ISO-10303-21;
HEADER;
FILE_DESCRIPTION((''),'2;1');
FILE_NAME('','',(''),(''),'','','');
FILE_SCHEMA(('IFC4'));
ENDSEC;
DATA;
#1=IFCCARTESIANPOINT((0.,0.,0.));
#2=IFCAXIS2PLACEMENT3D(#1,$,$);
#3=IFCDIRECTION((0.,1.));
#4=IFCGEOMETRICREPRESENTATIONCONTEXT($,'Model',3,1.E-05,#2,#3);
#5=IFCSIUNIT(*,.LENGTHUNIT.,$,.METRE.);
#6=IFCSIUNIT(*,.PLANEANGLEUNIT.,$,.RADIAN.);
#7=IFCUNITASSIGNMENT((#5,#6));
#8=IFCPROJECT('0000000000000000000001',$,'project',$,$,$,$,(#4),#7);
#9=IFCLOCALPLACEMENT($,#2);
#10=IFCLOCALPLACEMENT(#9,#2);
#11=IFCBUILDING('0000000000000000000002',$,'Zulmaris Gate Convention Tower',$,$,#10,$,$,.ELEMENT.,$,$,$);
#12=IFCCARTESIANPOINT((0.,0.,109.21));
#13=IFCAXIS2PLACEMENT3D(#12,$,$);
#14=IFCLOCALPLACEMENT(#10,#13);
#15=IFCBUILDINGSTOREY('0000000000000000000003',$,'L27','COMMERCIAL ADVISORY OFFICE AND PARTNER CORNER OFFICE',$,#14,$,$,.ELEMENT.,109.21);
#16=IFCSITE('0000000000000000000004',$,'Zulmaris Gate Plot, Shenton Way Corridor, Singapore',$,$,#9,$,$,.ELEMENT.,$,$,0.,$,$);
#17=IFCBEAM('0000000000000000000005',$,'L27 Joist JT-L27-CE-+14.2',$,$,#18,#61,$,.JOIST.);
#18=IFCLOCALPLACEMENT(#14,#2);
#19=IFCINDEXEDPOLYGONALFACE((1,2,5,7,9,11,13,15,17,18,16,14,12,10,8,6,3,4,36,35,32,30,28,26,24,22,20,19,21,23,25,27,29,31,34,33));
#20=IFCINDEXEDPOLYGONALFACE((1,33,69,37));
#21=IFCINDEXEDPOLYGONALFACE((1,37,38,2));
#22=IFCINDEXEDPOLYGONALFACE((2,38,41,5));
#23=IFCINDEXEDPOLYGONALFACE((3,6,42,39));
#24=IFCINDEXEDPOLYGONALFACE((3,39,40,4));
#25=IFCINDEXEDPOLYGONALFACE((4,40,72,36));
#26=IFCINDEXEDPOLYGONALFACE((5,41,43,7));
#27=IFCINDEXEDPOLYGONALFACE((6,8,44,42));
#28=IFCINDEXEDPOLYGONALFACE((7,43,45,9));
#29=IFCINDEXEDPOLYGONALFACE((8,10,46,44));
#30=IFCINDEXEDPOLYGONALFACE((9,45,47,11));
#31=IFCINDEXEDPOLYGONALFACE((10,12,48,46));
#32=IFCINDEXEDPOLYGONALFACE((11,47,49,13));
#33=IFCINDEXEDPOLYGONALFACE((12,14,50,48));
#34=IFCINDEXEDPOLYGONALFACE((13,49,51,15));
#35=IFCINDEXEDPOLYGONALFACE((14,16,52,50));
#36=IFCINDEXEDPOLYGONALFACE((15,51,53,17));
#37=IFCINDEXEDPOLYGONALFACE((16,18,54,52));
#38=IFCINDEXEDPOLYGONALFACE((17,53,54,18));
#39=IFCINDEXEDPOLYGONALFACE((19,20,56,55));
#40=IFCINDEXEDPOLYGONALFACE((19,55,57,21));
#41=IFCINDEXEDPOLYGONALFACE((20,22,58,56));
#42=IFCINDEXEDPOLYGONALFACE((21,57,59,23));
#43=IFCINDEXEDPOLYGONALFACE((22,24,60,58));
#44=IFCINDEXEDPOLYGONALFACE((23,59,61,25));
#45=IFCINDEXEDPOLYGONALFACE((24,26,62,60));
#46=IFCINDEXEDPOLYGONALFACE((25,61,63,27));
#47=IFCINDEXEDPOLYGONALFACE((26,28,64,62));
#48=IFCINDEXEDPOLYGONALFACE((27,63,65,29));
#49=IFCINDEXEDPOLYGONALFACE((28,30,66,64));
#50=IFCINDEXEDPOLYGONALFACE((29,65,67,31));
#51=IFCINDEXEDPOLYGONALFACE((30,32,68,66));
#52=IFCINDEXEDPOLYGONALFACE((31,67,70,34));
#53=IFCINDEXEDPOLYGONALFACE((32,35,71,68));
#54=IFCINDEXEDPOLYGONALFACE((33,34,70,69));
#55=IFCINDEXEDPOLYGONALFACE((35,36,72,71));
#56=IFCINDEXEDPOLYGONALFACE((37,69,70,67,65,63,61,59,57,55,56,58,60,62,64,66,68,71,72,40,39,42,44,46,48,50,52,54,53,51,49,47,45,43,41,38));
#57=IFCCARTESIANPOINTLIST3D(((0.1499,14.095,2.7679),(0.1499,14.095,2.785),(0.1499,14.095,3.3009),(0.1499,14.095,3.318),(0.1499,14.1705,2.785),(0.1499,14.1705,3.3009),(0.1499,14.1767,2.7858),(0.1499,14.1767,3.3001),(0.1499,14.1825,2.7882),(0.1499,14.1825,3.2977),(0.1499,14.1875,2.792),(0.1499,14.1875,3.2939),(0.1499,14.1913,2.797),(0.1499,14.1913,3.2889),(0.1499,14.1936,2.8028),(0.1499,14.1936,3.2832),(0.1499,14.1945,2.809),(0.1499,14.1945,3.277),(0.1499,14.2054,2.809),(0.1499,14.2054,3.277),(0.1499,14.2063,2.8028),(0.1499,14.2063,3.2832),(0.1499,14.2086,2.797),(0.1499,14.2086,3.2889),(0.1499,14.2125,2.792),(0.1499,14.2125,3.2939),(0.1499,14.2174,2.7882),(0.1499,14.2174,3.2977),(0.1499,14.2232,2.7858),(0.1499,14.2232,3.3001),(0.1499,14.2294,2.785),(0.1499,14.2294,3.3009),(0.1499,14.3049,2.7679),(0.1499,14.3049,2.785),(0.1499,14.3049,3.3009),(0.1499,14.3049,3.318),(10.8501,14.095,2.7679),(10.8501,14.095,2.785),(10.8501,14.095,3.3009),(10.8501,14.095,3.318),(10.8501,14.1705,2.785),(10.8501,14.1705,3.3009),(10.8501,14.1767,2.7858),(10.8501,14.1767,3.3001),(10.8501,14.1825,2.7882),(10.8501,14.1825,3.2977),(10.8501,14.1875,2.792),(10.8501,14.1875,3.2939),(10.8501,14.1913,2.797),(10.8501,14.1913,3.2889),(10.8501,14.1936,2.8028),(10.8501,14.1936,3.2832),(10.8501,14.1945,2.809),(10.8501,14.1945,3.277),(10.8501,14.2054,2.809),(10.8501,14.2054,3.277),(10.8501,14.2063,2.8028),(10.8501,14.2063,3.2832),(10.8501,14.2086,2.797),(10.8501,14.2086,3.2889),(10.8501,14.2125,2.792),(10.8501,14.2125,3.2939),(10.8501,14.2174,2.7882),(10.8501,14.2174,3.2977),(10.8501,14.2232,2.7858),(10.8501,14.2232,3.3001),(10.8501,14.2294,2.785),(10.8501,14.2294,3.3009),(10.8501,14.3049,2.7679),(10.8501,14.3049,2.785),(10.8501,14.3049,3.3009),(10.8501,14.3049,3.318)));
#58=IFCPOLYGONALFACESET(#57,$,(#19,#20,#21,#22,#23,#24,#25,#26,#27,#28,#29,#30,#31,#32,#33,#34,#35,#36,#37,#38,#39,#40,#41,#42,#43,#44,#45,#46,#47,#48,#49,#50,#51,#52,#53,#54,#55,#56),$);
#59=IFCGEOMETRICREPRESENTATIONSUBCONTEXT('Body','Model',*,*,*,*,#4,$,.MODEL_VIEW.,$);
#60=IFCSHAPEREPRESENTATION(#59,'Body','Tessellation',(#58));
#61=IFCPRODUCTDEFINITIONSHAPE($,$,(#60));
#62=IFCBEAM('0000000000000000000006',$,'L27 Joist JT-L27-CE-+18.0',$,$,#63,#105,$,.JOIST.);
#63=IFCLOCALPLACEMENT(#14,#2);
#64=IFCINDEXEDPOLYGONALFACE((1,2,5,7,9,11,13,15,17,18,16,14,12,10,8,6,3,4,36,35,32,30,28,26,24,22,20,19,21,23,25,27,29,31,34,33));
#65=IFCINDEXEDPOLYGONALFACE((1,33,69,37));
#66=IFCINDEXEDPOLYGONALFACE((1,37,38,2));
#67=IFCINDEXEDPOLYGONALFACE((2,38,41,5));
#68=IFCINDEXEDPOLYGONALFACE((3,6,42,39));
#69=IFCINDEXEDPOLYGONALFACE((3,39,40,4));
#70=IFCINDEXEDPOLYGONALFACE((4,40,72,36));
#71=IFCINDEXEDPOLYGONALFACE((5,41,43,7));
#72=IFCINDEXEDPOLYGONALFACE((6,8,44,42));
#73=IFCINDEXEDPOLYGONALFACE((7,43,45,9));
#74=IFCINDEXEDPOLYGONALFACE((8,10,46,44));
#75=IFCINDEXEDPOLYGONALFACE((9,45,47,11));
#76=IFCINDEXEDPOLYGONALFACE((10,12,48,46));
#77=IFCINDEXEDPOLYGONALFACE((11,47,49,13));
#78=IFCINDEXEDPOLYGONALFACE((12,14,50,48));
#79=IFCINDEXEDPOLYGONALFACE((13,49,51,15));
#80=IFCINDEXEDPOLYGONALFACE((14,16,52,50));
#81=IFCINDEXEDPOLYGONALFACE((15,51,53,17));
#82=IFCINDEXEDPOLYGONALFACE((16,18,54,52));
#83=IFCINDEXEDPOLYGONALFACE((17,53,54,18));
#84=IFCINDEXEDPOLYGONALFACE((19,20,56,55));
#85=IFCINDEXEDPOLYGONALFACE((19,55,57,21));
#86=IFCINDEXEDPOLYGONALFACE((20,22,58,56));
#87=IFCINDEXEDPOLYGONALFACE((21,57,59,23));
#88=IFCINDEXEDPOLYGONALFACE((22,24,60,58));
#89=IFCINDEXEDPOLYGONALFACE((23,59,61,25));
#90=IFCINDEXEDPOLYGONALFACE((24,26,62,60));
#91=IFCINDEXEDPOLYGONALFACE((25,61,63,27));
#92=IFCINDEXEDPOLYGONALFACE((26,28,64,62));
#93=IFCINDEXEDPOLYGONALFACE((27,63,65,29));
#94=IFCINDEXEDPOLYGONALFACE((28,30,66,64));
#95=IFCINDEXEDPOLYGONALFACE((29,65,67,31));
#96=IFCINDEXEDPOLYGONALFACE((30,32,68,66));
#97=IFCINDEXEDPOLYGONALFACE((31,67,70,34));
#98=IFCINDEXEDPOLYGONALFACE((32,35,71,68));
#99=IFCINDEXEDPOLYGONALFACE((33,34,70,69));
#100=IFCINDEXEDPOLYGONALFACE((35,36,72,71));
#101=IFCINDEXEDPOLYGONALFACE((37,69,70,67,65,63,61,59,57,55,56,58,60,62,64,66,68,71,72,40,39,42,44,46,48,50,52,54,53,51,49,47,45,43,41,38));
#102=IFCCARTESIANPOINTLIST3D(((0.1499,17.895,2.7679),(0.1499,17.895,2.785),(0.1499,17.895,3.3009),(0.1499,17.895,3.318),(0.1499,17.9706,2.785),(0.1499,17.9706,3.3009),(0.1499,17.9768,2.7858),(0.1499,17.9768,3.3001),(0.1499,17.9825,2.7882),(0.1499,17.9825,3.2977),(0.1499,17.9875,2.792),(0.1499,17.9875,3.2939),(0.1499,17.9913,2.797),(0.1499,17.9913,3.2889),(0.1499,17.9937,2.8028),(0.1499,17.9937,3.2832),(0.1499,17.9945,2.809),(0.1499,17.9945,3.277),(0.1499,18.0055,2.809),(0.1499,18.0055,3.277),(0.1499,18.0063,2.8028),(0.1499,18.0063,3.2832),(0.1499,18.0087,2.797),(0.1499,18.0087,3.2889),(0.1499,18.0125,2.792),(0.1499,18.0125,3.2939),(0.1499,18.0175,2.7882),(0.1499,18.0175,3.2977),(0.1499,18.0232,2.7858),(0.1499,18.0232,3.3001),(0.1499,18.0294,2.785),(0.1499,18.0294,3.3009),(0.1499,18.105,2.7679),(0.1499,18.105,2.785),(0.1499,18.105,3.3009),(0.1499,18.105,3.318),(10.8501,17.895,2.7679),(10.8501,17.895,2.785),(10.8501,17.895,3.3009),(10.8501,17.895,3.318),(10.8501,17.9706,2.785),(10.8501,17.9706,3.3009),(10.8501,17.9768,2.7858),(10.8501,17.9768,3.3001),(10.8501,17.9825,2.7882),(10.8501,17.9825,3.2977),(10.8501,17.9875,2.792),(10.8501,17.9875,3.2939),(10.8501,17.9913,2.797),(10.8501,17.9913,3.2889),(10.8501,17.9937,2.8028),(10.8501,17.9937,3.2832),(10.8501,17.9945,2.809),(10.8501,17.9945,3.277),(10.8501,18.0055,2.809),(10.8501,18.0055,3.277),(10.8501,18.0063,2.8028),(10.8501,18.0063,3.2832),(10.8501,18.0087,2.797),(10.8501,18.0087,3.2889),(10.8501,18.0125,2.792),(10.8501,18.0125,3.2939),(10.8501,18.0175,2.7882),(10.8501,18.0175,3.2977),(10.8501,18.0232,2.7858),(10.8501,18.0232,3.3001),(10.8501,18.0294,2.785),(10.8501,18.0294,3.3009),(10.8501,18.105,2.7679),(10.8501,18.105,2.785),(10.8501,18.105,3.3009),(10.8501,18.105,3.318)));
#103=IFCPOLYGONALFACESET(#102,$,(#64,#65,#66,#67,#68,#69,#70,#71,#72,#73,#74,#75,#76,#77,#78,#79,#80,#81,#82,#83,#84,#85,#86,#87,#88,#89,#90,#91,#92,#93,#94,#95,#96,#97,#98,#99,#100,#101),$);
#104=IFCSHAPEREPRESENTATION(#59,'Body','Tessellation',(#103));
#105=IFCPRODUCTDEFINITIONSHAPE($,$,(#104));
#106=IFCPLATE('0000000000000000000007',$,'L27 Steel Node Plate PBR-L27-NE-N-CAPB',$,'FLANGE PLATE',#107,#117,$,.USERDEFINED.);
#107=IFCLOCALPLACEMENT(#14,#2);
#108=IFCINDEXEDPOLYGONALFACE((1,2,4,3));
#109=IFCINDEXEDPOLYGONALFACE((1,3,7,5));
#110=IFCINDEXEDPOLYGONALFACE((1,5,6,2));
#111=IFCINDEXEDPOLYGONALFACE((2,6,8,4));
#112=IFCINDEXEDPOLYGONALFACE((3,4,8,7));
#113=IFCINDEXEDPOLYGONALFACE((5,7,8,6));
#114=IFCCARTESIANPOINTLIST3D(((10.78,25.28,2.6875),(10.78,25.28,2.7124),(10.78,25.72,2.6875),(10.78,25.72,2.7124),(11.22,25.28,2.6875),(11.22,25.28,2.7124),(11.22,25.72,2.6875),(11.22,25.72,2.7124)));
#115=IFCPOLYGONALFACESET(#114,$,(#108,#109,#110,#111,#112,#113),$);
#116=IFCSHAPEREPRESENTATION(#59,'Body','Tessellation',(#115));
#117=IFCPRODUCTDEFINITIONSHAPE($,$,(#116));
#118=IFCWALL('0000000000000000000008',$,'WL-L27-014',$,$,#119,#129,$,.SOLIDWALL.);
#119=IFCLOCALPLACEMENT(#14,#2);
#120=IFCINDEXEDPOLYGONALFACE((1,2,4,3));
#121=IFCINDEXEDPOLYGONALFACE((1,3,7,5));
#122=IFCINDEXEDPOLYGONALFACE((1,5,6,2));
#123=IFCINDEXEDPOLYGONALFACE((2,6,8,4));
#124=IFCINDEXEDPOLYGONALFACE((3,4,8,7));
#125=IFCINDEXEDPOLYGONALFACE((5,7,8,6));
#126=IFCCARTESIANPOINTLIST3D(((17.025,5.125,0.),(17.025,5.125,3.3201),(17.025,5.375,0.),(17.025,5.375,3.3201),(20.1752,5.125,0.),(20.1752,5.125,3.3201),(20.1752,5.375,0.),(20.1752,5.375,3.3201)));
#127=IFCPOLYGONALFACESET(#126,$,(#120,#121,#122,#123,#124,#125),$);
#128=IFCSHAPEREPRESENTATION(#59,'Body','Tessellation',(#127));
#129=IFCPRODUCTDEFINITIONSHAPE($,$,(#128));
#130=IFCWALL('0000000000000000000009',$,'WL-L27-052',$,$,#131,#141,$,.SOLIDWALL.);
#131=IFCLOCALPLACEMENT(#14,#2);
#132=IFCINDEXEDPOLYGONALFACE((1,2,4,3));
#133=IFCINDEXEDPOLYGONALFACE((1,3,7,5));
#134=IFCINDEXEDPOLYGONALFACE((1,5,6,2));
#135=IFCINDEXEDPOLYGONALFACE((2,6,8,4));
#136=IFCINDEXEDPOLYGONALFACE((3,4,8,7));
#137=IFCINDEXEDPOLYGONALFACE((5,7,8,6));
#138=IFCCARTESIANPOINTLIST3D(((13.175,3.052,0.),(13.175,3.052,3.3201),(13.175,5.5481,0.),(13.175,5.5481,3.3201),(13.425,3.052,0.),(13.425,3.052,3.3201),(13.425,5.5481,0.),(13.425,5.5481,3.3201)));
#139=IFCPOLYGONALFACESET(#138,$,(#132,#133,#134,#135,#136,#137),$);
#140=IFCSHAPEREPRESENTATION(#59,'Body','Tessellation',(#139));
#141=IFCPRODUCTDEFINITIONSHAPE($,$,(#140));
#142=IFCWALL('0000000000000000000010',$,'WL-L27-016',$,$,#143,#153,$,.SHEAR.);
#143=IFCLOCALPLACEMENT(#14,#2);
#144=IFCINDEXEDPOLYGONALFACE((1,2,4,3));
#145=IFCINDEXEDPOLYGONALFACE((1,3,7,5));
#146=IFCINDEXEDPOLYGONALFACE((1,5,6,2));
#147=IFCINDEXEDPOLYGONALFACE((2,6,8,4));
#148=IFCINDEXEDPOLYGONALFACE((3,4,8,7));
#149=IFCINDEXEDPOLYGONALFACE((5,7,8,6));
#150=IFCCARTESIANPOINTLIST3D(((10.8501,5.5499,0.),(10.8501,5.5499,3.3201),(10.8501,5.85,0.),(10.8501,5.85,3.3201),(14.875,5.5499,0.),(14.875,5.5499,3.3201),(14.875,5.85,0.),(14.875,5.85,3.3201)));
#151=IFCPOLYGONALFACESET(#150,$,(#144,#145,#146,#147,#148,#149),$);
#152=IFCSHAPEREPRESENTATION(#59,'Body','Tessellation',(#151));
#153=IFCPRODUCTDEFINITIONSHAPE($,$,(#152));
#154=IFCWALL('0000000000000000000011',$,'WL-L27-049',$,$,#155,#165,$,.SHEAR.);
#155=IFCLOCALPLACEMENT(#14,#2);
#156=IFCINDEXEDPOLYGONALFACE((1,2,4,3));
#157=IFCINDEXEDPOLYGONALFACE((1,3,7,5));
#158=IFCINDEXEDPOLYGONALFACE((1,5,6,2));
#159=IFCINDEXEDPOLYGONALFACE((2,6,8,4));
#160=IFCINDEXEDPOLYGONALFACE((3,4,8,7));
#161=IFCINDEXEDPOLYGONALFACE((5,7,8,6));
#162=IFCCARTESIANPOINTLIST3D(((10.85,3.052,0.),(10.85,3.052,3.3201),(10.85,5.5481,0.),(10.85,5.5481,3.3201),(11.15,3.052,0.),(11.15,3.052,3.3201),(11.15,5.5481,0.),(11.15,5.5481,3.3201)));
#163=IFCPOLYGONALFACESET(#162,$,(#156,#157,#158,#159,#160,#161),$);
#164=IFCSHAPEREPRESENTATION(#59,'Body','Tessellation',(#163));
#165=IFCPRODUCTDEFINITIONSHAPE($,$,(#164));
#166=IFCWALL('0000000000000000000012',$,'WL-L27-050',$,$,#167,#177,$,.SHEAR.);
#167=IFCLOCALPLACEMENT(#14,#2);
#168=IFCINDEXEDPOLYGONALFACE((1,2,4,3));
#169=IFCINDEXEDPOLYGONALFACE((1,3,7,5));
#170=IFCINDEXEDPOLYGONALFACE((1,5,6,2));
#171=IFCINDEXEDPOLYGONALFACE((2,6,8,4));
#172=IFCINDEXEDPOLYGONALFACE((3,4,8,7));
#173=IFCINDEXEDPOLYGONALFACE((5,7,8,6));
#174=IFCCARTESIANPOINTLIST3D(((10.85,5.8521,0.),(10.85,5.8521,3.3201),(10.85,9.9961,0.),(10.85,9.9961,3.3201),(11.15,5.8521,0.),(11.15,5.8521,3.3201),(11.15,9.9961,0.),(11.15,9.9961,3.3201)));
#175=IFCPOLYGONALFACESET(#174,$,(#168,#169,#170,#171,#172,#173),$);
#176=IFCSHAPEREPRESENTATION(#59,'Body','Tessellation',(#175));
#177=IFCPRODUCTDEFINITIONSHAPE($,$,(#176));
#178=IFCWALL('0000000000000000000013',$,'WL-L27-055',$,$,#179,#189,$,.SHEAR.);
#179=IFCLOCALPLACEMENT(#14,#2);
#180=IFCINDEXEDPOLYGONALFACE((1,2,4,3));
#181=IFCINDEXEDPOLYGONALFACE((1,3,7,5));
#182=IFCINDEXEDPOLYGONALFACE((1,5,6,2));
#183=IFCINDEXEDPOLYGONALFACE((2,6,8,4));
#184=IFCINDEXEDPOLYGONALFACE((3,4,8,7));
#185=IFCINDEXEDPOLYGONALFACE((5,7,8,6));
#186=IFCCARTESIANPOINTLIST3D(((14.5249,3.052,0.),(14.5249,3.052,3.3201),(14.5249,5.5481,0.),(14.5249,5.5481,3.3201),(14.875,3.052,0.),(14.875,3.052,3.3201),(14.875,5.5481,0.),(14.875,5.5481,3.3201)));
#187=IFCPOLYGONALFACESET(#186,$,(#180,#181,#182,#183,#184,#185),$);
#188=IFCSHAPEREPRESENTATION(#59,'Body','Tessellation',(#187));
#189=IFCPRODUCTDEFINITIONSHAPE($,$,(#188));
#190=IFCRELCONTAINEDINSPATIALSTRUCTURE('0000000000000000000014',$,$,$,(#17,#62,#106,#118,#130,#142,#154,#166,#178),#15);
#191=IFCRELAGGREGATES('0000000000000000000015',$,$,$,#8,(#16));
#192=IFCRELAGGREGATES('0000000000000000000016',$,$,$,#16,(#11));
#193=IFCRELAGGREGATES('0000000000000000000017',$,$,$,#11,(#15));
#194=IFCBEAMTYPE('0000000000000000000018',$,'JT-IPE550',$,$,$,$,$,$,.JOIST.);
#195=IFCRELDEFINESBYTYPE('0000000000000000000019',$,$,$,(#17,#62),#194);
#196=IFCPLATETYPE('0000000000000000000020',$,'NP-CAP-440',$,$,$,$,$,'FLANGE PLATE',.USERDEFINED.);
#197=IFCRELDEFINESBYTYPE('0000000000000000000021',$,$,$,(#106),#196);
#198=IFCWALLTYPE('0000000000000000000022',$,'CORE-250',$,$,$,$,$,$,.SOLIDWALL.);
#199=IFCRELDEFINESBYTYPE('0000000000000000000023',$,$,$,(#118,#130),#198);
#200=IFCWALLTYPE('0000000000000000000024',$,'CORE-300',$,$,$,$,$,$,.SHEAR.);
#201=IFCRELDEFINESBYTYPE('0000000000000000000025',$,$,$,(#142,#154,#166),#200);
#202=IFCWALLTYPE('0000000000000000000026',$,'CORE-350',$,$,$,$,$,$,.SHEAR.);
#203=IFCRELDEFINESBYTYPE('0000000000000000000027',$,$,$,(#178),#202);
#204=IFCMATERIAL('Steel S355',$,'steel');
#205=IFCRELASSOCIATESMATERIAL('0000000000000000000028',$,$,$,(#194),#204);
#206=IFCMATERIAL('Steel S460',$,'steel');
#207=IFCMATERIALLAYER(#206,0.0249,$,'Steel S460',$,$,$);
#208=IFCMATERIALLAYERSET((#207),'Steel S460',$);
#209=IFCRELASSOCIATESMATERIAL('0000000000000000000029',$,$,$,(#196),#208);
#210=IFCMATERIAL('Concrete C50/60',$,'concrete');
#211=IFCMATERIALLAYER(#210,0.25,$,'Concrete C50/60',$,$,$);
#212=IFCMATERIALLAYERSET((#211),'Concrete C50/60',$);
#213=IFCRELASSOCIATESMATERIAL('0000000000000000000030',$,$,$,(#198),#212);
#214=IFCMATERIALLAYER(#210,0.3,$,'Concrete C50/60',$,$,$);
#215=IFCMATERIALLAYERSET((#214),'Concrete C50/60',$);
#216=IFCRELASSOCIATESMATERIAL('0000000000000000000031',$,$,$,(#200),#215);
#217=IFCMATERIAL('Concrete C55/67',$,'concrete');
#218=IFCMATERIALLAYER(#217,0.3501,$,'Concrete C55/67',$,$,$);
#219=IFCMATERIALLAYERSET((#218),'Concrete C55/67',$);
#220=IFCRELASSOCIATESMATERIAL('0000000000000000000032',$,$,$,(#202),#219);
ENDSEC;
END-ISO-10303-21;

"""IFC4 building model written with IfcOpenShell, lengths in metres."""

from ifc_helpers import new_model, si_unit, direction, frame, frame_2d, origin, origin_2d, place, context, subcontext, project, spatial, rectangle, i_section, extrude, material, layer, layer_set, material_profile, profile_set, type_object, element, save


model = new_model("IFC4")

# Units and contexts
model_context = context("Model", 3, precision=1e-05, world=origin(), true_north=direction((0.0, 1.0)))
body_context = subcontext(model_context, "Body", "Model", "MODEL_VIEW")
ifc_project = project(units=[si_unit("LENGTHUNIT", "METRE"), si_unit("PLANEANGLEUNIT", "RADIAN")], contexts=[model_context])

# Site, building, storey
site_placement = place(None, origin())
site = spatial("IfcSite", under=ifc_project, at=site_placement, Name="Zulmaris Gate Plot, Shenton Way Corridor, Singapore", CompositionType="ELEMENT", RefElevation=0.0)
building_placement = place(site_placement, origin())
building = spatial("IfcBuilding", under=site, at=building_placement, Name="Zulmaris Gate Convention Tower", CompositionType="ELEMENT")
storey_placement = place(building_placement, frame((0.0, 0.0, 109.21)))
storey = spatial("IfcBuildingStorey", under=building, at=storey_placement, Name="L27", Description="COMMERCIAL ADVISORY OFFICE AND PARTNER CORNER OFFICE", CompositionType="ELEMENT", Elevation=109.21)

# Beams
ifc_material_1 = material(Name="Steel S355", Category="steel")
ifc_material_profile_1 = material_profile(ifc_material_1, i_section(OverallWidth=0.21, OverallDepth=0.55, WebThickness=0.011, FlangeThickness=0.0171, FilletRadius=0.0239, at=origin_2d()), Name="IPE 550")
ifc_profile_set_1 = profile_set([ifc_material_profile_1], Name="Steel S355")
beam_type_1 = type_object("IfcBeamType", Name="JT-IPE550", PredefinedType="JOIST", material=ifc_profile_set_1)
for number, where, z_axis, x_axis, name in (
    (1, (0.1499, 14.2, 3.043), (1.0, 0.0, 0.0), (0.0, 1.0, 0.0), "L27 Joist JT-L27-CE-+14.2"),
    (2, (0.1499, 18.0, 3.043), (1.0, 0.0, 0.0), (0.0, 1.0, 0.0), "L27 Joist JT-L27-CE-+18.0"),
):
    element("IfcBeam", number, at=place(storey_placement, frame(where, z_axis=z_axis, x_axis=x_axis)), inside=storey, type_object=beam_type_1, Name=name, PredefinedType="JOIST", context=body_context, shape_type="SweptSolid", body=[
        extrude(i_section(OverallWidth=0.21, OverallDepth=0.55, WebThickness=0.011, FlangeThickness=0.0171, FilletRadius=0.0239, at=origin_2d()), origin(), (0.0, 0.0, 1.0), 10.7002),
    ])

# Plate
ifc_material_2 = material(Name="Steel S460", Category="steel")
ifc_layer_1 = layer(ifc_material_2, 0.0249, Name="Steel S460")
ifc_layer_set_1 = layer_set([ifc_layer_1], Name="Steel S460")
plate_type = type_object("IfcPlateType", Name="NP-CAP-440", ElementType="FLANGE PLATE", PredefinedType="USERDEFINED", material=ifc_layer_set_1)
plate_placement = place(storey_placement, frame((11.0, 25.5, 2.6875), z_axis=(0.0, 0.0, 1.0), x_axis=(1.0, 0.0, 0.0)))
element("IfcPlate", 3, at=plate_placement, inside=storey, type_object=plate_type, Name="L27 Steel Node Plate PBR-L27-NE-N-CAPB", ObjectType="FLANGE PLATE", PredefinedType="USERDEFINED", context=body_context, shape_type="SweptSolid", body=[
    extrude(rectangle(XDim=0.4399, YDim=0.4399, at=origin_2d()), origin(), (0.0, 0.0, 1.0), 0.0249),
])

# Walls
ifc_material_3 = material(Name="Concrete C50/60", Category="concrete")
ifc_layer_2 = layer(ifc_material_3, 0.25, Name="Concrete C50/60")
ifc_layer_set_2 = layer_set([ifc_layer_2], Name="Concrete C50/60")
wall_type_1 = type_object("IfcWallType", Name="CORE-250", PredefinedType="SOLIDWALL", material=ifc_layer_set_2)
wall_1_placement = place(storey_placement, frame((17.0249, 5.25, 0.0), z_axis=(0.0, 0.0, 1.0), x_axis=(1.0, 0.0, 0.0)))
element("IfcWall", 4, at=wall_1_placement, inside=storey, type_object=wall_type_1, Name="WL-L27-014", PredefinedType="SOLIDWALL", context=body_context, shape_type="SweptSolid", body=[
    extrude(rectangle(XDim=3.1501, YDim=0.25, at=frame_2d((1.5752, 0.0))), origin(), (0.0, 0.0, 1.0), 3.3201),
])
wall_2_placement = place(storey_placement, frame((13.3, 3.052, 0.0), z_axis=(0.0, 0.0, 1.0), x_axis=(0.0, 1.0, 0.0)))
element("IfcWall", 5, at=wall_2_placement, inside=storey, type_object=wall_type_1, Name="WL-L27-052", PredefinedType="SOLIDWALL", context=body_context, shape_type="SweptSolid", body=[
    extrude(rectangle(XDim=2.4961, YDim=0.25, at=frame_2d((1.248, 0.0))), origin(), (0.0, 0.0, 1.0), 3.3201),
])
ifc_layer_3 = layer(ifc_material_3, 0.3, Name="Concrete C50/60")
ifc_layer_set_3 = layer_set([ifc_layer_3], Name="Concrete C50/60")
wall_type_2 = type_object("IfcWallType", Name="CORE-300", PredefinedType="SHEAR", material=ifc_layer_set_3)
wall_3_placement = place(storey_placement, frame((10.8501, 5.7, 0.0), z_axis=(0.0, 0.0, 1.0), x_axis=(1.0, 0.0, 0.0)))
element("IfcWall", 6, at=wall_3_placement, inside=storey, type_object=wall_type_2, Name="WL-L27-016", PredefinedType="SHEAR", context=body_context, shape_type="SweptSolid", body=[
    extrude(rectangle(XDim=4.0249, YDim=0.3, at=frame_2d((2.0125, 0.0))), origin(), (0.0, 0.0, 1.0), 3.3201),
])

# Walls
wall_4_placement = place(storey_placement, frame((11.0, 3.052, 0.0), z_axis=(0.0, 0.0, 1.0), x_axis=(0.0, 1.0, 0.0)))
element("IfcWall", 7, at=wall_4_placement, inside=storey, type_object=wall_type_2, Name="WL-L27-049", PredefinedType="SHEAR", context=body_context, shape_type="SweptSolid", body=[
    extrude(rectangle(XDim=2.4961, YDim=0.3, at=frame_2d((1.248, 0.0))), origin(), (0.0, 0.0, 1.0), 3.3201),
])
wall_5_placement = place(storey_placement, frame((11.0, 5.8521, 0.0), z_axis=(0.0, 0.0, 1.0), x_axis=(0.0, 1.0, 0.0)))
element("IfcWall", 8, at=wall_5_placement, inside=storey, type_object=wall_type_2, Name="WL-L27-050", PredefinedType="SHEAR", context=body_context, shape_type="SweptSolid", body=[
    extrude(rectangle(XDim=4.144, YDim=0.3, at=frame_2d((2.072, 0.0))), origin(), (0.0, 0.0, 1.0), 3.3201),
])

# Shared definitions
ifc_material_4 = material(Name="Concrete C55/67", Category="concrete")
ifc_layer_4 = layer(ifc_material_4, 0.3501, Name="Concrete C55/67")
ifc_layer_set_4 = layer_set([ifc_layer_4], Name="Concrete C55/67")
wall_type_3 = type_object("IfcWallType", Name="CORE-350", PredefinedType="SHEAR", material=ifc_layer_set_4)

# Wall
wall_6_placement = place(storey_placement, frame((14.7, 3.052, 0.0), z_axis=(0.0, 0.0, 1.0), x_axis=(0.0, 1.0, 0.0)))
element("IfcWall", 9, at=wall_6_placement, inside=storey, type_object=wall_type_3, Name="WL-L27-055", PredefinedType="SHEAR", context=body_context, shape_type="SweptSolid", body=[
    extrude(rectangle(XDim=2.4961, YDim=0.3501, at=frame_2d((1.248, 0.0))), origin(), (0.0, 0.0, 1.0), 3.3201),
])

save(model, "model.ifc")
